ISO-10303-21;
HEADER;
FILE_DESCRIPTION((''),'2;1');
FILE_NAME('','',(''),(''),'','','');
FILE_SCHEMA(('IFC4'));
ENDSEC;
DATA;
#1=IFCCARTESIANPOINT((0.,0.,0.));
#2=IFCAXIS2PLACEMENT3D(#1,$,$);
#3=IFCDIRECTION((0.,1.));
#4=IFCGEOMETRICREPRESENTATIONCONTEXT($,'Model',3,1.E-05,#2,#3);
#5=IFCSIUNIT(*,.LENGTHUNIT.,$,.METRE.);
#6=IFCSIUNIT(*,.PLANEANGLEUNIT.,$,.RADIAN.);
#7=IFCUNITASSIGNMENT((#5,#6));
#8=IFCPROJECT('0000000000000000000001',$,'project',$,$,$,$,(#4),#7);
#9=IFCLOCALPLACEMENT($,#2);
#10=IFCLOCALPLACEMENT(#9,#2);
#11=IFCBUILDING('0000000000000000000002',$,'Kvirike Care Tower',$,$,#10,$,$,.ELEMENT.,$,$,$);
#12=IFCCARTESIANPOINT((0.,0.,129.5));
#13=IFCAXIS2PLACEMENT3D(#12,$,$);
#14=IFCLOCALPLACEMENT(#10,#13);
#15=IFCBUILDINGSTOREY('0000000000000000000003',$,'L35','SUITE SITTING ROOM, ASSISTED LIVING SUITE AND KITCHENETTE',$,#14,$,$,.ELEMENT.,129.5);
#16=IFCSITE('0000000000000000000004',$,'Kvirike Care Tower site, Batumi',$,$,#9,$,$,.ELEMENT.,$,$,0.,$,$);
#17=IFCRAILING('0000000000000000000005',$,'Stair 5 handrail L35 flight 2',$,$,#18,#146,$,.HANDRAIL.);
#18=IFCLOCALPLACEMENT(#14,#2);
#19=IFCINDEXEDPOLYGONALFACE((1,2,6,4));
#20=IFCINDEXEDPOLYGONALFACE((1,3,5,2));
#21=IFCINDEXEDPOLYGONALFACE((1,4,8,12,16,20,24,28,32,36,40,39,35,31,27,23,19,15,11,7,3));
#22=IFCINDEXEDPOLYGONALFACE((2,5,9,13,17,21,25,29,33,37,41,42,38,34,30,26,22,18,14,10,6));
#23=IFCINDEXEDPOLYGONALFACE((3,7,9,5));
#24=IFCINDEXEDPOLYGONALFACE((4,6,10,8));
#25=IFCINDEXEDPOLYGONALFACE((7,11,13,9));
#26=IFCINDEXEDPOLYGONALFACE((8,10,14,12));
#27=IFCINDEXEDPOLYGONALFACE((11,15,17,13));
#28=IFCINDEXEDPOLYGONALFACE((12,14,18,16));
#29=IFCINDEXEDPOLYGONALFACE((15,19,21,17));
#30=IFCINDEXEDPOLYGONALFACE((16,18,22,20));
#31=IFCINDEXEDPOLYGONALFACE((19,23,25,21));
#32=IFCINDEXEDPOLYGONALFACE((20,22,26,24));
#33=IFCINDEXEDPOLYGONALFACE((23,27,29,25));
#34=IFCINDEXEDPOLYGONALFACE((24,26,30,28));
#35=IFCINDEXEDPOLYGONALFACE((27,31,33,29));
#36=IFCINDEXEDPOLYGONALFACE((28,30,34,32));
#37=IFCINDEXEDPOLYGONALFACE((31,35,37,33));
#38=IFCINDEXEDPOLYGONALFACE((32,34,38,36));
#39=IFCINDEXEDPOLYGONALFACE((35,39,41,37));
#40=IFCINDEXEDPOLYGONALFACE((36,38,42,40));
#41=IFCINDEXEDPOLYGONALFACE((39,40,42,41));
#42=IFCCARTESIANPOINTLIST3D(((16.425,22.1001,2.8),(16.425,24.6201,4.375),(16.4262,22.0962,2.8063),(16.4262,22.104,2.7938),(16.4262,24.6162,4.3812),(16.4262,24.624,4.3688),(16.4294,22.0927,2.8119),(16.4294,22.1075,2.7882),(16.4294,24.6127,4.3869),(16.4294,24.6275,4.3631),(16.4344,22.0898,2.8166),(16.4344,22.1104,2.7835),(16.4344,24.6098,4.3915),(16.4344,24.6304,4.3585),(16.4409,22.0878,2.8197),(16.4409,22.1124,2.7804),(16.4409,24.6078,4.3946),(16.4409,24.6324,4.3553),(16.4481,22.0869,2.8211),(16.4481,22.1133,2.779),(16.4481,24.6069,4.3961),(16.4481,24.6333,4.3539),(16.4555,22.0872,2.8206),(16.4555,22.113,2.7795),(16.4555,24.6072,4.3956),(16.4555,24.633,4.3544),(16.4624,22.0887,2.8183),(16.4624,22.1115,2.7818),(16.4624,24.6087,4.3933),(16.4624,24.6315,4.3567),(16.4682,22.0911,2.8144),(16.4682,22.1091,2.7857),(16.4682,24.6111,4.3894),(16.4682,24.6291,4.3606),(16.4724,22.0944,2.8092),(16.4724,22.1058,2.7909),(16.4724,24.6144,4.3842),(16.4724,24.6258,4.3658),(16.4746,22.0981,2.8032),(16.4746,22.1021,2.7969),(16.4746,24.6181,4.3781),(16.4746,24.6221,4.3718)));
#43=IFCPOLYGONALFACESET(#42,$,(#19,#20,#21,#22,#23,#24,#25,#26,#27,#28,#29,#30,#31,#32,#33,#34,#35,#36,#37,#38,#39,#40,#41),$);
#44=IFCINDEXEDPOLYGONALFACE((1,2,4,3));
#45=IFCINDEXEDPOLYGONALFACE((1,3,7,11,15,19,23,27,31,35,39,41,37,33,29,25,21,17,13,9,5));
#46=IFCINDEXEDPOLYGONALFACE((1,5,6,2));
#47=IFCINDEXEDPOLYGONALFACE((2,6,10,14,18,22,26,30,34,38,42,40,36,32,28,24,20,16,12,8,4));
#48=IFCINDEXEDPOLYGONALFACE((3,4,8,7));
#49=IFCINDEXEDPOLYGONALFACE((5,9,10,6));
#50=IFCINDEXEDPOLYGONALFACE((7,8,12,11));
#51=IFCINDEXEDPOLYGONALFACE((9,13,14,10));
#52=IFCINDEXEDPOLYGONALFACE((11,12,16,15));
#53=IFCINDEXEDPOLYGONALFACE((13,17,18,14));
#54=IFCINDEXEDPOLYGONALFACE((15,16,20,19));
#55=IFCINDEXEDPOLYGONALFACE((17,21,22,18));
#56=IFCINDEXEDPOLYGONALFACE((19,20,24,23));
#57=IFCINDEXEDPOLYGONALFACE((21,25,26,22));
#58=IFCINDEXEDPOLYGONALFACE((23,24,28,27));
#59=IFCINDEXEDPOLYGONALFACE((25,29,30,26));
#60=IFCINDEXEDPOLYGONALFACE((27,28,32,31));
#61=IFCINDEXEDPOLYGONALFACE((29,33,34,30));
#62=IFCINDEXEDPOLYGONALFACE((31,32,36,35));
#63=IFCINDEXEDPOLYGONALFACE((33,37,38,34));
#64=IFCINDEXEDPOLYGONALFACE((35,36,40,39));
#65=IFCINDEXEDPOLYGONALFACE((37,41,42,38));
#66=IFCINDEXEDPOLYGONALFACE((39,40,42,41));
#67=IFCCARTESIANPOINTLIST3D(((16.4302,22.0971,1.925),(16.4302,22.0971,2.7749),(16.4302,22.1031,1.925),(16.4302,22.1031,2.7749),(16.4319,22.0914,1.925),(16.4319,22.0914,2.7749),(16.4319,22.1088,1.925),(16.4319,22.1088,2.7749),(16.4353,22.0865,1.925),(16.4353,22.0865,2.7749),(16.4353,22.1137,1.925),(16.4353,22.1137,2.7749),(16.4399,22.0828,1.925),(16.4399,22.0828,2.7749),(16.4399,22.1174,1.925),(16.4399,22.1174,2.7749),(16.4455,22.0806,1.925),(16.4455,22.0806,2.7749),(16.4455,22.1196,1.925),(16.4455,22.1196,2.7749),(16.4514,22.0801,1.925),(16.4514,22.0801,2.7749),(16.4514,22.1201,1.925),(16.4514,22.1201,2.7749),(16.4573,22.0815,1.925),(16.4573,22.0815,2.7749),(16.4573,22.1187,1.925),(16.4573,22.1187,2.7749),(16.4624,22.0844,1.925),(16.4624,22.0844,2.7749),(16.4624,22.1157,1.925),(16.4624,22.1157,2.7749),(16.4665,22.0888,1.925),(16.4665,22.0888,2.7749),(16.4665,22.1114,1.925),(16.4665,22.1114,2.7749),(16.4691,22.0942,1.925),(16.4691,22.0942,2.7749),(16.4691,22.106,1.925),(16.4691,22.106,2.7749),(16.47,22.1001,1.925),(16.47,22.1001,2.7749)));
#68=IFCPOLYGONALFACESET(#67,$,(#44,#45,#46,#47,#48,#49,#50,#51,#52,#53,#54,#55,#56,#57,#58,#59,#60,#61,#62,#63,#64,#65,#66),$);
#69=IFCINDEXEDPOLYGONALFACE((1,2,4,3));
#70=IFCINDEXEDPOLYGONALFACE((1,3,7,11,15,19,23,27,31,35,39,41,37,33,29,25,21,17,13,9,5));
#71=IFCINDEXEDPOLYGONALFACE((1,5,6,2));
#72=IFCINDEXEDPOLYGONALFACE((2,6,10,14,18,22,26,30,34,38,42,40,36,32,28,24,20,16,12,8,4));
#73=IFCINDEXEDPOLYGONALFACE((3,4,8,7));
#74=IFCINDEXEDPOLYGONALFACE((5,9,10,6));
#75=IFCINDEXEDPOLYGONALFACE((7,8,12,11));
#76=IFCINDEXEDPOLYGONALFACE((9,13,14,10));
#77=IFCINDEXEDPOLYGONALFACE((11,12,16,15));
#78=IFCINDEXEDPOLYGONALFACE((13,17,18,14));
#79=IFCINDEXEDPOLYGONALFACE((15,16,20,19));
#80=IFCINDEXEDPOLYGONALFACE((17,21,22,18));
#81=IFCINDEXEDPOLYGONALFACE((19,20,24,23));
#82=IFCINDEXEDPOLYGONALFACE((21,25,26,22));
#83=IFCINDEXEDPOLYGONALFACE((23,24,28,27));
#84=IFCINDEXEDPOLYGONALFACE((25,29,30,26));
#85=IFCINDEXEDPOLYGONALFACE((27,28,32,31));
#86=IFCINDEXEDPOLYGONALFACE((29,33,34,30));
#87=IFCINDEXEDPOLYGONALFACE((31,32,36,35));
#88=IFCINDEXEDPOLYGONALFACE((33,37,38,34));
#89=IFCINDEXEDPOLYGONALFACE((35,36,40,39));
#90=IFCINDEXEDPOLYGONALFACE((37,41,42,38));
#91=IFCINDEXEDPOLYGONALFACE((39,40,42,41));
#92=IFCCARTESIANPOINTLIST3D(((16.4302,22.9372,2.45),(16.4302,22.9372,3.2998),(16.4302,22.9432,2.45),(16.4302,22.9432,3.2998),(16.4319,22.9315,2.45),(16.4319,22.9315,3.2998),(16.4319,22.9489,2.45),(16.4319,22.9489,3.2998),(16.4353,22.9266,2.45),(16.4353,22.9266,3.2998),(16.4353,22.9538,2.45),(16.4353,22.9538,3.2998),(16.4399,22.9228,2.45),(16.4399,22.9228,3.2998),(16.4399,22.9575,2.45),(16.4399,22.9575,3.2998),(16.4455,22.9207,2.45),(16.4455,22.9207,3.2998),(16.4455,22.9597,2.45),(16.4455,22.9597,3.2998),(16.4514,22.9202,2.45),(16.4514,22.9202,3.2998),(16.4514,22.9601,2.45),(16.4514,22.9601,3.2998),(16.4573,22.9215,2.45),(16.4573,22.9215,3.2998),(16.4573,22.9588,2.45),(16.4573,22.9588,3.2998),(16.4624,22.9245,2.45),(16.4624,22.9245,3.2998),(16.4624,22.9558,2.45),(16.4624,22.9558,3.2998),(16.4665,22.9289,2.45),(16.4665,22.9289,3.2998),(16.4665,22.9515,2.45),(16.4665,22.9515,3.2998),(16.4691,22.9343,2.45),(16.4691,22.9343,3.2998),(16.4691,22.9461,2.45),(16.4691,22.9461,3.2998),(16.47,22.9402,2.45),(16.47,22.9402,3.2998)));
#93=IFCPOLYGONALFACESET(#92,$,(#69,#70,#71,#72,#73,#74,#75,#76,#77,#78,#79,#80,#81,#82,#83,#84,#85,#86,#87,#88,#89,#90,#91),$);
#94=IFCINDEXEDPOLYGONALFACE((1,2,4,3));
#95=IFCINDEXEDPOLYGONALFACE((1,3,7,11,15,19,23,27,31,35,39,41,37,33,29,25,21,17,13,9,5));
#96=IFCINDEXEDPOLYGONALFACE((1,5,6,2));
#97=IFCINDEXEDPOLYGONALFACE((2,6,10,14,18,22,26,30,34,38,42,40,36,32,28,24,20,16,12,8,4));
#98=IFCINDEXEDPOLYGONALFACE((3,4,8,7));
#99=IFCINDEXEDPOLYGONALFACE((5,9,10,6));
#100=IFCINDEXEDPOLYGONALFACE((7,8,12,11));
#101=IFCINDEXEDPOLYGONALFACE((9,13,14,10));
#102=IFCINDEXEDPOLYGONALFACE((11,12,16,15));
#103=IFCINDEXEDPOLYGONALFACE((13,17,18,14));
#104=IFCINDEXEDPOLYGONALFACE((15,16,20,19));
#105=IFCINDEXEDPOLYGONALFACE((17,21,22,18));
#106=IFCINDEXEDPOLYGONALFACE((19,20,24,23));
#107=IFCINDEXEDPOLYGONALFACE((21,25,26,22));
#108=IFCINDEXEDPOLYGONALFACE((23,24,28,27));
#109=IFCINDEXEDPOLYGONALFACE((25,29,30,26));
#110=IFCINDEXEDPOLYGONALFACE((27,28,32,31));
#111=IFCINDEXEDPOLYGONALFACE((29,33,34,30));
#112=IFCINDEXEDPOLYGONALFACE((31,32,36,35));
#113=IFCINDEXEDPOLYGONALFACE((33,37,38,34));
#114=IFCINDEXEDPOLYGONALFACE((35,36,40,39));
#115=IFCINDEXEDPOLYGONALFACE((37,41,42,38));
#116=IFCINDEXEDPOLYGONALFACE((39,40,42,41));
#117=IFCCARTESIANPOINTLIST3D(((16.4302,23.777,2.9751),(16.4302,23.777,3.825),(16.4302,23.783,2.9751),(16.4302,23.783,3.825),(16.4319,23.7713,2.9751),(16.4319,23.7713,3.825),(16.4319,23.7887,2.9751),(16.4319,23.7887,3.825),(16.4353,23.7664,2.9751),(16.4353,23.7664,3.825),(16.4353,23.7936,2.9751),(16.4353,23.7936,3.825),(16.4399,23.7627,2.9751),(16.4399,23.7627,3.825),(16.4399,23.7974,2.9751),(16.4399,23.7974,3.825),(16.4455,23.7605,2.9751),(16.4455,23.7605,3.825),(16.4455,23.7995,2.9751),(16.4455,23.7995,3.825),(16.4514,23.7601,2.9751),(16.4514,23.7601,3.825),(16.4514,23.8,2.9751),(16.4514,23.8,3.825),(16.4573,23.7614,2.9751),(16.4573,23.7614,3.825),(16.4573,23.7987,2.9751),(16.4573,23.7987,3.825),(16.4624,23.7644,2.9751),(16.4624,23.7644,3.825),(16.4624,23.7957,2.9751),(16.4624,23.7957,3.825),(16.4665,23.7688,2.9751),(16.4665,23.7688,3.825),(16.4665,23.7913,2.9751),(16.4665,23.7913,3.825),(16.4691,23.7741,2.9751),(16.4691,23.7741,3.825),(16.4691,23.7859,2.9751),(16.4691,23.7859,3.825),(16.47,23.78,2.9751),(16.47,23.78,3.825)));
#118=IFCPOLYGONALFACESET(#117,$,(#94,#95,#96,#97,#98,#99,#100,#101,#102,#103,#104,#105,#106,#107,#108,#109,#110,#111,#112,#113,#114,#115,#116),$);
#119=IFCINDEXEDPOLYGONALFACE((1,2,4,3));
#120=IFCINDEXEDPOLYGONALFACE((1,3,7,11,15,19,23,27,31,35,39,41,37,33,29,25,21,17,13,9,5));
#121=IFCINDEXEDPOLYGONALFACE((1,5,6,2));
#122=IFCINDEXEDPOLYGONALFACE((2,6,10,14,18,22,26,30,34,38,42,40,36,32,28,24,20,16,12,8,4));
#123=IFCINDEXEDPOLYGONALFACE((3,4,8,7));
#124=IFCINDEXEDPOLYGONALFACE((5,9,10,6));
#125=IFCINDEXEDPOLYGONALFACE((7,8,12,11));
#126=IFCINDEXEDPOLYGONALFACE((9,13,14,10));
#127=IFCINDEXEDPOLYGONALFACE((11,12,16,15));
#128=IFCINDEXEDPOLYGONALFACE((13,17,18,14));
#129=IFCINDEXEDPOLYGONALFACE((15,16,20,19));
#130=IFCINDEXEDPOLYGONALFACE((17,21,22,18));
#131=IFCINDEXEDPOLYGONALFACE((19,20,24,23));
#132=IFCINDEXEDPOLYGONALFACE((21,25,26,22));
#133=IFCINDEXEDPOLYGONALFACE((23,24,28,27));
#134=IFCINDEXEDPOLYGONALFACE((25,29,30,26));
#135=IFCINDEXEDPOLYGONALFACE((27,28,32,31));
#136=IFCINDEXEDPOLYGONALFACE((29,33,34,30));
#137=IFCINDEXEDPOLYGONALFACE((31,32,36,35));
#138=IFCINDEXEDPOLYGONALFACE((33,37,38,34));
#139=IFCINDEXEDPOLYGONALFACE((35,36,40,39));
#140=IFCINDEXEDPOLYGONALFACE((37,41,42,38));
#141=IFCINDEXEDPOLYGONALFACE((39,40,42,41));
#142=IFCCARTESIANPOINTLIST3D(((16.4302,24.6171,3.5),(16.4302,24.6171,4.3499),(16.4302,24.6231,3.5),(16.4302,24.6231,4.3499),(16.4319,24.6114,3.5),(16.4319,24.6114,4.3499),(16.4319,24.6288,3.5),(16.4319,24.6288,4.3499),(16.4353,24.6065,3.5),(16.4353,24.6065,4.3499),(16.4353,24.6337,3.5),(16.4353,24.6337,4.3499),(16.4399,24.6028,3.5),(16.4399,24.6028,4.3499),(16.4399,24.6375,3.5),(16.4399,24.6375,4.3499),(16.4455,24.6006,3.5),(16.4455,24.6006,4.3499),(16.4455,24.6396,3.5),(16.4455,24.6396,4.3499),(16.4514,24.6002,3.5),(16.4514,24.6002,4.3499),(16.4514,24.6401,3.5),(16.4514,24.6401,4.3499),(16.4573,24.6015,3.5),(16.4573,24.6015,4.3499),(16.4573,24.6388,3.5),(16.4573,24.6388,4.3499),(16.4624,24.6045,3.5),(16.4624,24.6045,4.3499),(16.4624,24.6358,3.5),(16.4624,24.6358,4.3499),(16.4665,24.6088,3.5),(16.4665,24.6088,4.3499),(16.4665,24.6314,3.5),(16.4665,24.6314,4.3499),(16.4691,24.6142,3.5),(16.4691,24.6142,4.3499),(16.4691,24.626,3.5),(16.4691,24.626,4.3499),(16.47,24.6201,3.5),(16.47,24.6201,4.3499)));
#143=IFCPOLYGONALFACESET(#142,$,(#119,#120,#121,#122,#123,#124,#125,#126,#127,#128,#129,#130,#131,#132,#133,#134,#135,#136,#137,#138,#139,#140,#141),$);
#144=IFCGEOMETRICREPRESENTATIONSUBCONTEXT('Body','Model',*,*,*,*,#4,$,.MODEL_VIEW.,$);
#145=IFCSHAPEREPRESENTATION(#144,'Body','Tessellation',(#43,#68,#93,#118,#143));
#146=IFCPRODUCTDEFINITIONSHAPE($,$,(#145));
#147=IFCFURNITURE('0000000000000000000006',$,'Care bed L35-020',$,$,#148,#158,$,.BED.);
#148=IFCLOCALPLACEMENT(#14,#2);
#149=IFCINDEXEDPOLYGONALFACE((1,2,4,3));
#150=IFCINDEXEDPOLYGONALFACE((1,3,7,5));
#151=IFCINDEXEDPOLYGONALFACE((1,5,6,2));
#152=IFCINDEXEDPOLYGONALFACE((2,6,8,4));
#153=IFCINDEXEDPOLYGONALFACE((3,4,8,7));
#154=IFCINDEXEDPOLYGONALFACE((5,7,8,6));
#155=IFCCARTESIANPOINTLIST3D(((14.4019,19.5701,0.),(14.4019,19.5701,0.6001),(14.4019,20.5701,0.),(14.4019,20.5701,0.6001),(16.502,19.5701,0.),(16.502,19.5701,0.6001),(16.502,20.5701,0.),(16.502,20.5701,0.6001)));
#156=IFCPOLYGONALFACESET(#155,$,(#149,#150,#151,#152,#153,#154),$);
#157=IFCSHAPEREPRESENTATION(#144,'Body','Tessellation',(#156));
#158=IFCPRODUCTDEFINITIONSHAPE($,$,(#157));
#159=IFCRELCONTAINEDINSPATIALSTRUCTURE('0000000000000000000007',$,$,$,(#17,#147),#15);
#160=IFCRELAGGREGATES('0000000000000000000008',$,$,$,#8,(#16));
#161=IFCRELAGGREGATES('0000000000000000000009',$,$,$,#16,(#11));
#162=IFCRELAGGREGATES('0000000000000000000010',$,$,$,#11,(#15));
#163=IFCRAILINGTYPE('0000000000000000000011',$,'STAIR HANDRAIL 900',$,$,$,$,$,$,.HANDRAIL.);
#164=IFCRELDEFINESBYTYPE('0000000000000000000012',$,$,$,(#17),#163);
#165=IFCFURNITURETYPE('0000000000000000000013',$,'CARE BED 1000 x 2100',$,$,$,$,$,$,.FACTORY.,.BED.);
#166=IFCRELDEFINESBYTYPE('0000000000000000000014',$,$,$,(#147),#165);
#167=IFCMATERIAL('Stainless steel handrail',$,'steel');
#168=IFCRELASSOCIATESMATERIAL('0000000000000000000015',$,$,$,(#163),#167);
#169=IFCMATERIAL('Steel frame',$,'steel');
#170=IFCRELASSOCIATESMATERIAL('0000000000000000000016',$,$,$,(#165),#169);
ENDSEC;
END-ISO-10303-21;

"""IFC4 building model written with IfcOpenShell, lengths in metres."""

from ifc_helpers import new_model, si_unit, direction, frame, origin, origin_2d, place, context, subcontext, project, spatial, rectangle, circle, extrude, material, type_object, element, save


model = new_model("IFC4")

# Units and contexts
model_context = context("Model", 3, precision=1e-05, world=origin(), true_north=direction((0.0, 1.0)))
body_context = subcontext(model_context, "Body", "Model", "MODEL_VIEW")
ifc_project = project(units=[si_unit("LENGTHUNIT", "METRE"), si_unit("PLANEANGLEUNIT", "RADIAN")], contexts=[model_context])

# Site, building, storey
site_placement = place(None, origin())
site = spatial("IfcSite", under=ifc_project, at=site_placement, Name="Kvirike Care Tower site, Batumi", CompositionType="ELEMENT", RefElevation=0.0)
building_placement = place(site_placement, origin())
building = spatial("IfcBuilding", under=site, at=building_placement, Name="Kvirike Care Tower", CompositionType="ELEMENT")
storey_placement = place(building_placement, frame((0.0, 0.0, 129.5)))
storey = spatial("IfcBuildingStorey", under=building, at=storey_placement, Name="L35", Description="SUITE SITTING ROOM, ASSISTED LIVING SUITE AND KITCHENETTE", CompositionType="ELEMENT", Elevation=129.5)

# Railing
ifc_material_1 = material(Name="Stainless steel handrail", Category="steel")
railing_type = type_object("IfcRailingType", Name="STAIR HANDRAIL 900", PredefinedType="HANDRAIL", material=ifc_material_1)
railing_placement = place(storey_placement, frame((16.45, 22.1001, 1.925)))
element("IfcRailing", 1, at=railing_placement, inside=storey, type_object=railing_type, Name="Stair 5 handrail L35 flight 2", PredefinedType="HANDRAIL", context=body_context, shape_type="SweptSolid", body=[
    extrude(circle(Radius=0.0249, at=origin_2d()), frame((0.0, 0.0, 0.875), z_axis=(0.0, 0.848008, 0.529984), x_axis=(-1.0, 0.0, 0.0)), (0.0, 0.0, 1.0), 2.9717),
    extrude(circle(Radius=0.02, at=origin_2d()), origin(), (0.0, 0.0, 1.0), 0.8499),
    extrude(circle(Radius=0.02, at=origin_2d()), frame((0.0, 0.8401, 0.5249)), (0.0, 0.0, 1.0), 0.8499),
    extrude(circle(Radius=0.02, at=origin_2d()), frame((0.0, 1.6799, 1.05)), (0.0, 0.0, 1.0), 0.8499),
    extrude(circle(Radius=0.02, at=origin_2d()), frame((0.0, 2.52, 1.575)), (0.0, 0.0, 1.0), 0.8499),
])

# Furniture
ifc_material_2 = material(Name="Steel frame", Category="steel")
furniture_type = type_object("IfcFurnitureType", Name="CARE BED 1000 x 2100", AssemblyPlace="FACTORY", PredefinedType="BED", material=ifc_material_2)
furniture_placement = place(storey_placement, frame((15.4519, 20.0701, 0.0), z_axis=(0.0, 0.0, 1.0), x_axis=(0.0, 1.0, 0.0)))
element("IfcFurniture", 2, at=furniture_placement, inside=storey, type_object=furniture_type, Name="Care bed L35-020", PredefinedType="BED", context=body_context, shape_type="SweptSolid", body=[
    extrude(rectangle(XDim=1.0, YDim=2.1001, at=origin_2d()), origin(), (0.0, 0.0, 1.0), 0.6001),
])

save(model, "model.ifc")
